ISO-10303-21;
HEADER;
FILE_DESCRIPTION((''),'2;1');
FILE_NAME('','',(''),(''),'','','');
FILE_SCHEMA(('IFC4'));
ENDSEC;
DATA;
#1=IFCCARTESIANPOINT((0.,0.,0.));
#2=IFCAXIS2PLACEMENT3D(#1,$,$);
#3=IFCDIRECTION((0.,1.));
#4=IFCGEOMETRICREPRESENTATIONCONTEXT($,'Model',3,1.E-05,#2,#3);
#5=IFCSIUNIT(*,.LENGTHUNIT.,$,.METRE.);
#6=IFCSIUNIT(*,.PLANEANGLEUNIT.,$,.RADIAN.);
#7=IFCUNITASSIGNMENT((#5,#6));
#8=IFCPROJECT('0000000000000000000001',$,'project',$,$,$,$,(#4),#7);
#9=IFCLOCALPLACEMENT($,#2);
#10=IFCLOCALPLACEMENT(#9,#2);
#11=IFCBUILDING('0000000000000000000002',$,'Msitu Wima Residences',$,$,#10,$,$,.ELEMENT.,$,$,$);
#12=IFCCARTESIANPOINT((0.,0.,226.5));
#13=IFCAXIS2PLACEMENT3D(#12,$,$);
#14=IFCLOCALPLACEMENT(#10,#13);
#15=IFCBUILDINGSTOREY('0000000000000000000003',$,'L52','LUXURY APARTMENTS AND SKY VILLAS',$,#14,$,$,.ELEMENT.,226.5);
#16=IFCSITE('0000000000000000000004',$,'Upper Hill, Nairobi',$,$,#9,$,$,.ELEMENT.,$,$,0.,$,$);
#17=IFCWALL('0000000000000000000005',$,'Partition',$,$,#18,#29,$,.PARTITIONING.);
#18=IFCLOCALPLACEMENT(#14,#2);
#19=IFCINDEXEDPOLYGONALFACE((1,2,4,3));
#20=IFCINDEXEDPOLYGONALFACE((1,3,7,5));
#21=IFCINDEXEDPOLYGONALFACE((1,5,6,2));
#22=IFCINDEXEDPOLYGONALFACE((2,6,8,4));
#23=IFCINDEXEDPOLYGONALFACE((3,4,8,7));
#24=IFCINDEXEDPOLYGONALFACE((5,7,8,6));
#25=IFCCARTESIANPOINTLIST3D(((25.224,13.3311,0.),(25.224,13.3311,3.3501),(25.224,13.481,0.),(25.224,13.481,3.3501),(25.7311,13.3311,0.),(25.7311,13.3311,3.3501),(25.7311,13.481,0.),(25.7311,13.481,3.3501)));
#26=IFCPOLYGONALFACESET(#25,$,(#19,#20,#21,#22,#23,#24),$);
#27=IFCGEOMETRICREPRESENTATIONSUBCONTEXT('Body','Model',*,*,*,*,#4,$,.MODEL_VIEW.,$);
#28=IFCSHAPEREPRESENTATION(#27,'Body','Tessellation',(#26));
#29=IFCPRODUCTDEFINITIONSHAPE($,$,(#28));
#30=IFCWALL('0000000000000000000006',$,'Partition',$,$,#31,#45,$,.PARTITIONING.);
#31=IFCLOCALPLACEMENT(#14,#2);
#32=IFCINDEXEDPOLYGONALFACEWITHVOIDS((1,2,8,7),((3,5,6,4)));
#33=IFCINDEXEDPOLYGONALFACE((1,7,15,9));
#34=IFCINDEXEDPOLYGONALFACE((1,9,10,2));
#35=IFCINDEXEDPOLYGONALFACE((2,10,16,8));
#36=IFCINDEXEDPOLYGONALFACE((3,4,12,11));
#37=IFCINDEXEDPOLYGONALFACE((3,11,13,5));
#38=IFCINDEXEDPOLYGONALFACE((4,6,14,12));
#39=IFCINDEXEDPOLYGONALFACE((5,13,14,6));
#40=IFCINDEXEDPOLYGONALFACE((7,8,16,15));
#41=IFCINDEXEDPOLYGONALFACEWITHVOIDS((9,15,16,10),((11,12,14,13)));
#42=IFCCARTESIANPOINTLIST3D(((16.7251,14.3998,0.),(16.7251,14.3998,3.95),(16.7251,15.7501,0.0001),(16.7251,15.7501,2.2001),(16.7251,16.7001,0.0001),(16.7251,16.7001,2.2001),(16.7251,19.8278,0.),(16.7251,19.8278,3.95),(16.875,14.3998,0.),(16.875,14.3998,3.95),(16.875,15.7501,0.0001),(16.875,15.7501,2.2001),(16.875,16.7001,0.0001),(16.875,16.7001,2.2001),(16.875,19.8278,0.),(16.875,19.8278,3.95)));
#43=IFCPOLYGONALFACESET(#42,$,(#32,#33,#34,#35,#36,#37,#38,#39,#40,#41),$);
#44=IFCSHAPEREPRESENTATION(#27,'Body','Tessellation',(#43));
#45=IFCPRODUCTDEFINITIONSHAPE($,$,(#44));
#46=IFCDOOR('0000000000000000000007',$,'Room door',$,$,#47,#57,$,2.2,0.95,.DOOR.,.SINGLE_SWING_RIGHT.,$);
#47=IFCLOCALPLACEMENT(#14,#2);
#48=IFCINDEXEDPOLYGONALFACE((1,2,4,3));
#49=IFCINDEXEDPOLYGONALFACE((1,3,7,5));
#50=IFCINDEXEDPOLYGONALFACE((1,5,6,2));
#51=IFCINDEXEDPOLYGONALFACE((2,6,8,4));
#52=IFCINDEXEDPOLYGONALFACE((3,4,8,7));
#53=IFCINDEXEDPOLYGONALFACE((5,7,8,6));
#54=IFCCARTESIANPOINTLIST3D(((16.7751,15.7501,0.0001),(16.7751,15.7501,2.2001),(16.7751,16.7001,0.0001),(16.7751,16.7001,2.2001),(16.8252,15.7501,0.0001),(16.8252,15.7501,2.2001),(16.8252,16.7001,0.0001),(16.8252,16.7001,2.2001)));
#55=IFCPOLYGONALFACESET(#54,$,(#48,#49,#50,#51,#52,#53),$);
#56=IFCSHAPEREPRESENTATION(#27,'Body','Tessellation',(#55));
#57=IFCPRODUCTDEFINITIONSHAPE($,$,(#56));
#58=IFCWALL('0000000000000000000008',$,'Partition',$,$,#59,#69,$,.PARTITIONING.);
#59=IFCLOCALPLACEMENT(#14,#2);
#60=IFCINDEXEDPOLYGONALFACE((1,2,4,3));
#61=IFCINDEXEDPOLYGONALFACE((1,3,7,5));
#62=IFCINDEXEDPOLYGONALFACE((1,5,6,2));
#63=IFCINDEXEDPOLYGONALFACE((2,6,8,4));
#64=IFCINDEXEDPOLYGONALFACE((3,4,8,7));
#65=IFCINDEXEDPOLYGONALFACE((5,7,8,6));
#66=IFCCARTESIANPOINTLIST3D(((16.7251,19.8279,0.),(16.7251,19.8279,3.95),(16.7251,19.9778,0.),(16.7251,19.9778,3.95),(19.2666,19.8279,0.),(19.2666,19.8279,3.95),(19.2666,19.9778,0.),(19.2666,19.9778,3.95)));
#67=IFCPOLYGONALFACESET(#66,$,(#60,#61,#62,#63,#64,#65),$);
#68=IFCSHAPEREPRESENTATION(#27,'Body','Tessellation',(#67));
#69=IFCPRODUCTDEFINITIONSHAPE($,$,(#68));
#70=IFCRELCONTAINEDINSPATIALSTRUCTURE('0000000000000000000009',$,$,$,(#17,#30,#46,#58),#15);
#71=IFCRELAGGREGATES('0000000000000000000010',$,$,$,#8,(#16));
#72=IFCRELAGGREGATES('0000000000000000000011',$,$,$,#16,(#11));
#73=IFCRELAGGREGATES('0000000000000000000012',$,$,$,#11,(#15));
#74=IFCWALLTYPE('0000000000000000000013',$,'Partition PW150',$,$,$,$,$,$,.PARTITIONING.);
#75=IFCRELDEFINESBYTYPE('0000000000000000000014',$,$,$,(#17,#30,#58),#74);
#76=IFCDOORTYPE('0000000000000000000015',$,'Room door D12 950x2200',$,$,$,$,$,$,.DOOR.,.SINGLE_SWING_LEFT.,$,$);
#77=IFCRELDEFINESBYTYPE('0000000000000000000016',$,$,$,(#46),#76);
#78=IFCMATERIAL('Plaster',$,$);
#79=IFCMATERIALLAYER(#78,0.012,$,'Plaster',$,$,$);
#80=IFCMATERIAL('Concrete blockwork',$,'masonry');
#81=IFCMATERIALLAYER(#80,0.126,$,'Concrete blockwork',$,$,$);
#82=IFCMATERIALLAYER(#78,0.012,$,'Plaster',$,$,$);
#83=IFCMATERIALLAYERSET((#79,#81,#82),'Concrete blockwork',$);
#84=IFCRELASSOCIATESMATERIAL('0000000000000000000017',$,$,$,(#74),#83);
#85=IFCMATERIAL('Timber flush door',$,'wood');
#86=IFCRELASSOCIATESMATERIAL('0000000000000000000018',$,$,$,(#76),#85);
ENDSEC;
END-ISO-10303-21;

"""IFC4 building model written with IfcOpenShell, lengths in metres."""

from ifc_helpers import new_model, si_unit, direction, frame, frame_2d, origin, place, context, subcontext, project, spatial, rectangle, extrude, material, layer, layer_set, type_object, element, fill, save


model = new_model("IFC4")

# Units and contexts
model_context = context("Model", 3, precision=1e-05, world=origin(), true_north=direction((0.0, 1.0)))
body_context = subcontext(model_context, "Body", "Model", "MODEL_VIEW")
ifc_project = project(units=[si_unit("LENGTHUNIT", "METRE"), si_unit("PLANEANGLEUNIT", "RADIAN")], contexts=[model_context])

# Site, building, storey
site_placement = place(None, origin())
site = spatial("IfcSite", under=ifc_project, at=site_placement, Name="Upper Hill, Nairobi", CompositionType="ELEMENT", RefElevation=0.0)
building_placement = place(site_placement, origin())
building = spatial("IfcBuilding", under=site, at=building_placement, Name="Msitu Wima Residences", CompositionType="ELEMENT")
storey_placement = place(building_placement, frame((0.0, 0.0, 226.5)))
storey = spatial("IfcBuildingStorey", under=building, at=storey_placement, Name="L52", Description="LUXURY APARTMENTS AND SKY VILLAS", CompositionType="ELEMENT", Elevation=226.5)

# Shared definitions
ifc_material_1 = material(Name="Plaster")
ifc_material_2 = material(Name="Concrete blockwork", Category="masonry")

# Shared definitions
ifc_layer_1 = layer(ifc_material_1, 0.012, Name="Plaster")
ifc_layer_2 = layer(ifc_material_2, 0.126, Name="Concrete blockwork")
ifc_layer_3 = layer(ifc_material_1, 0.012, Name="Plaster")
ifc_layer_set_1 = layer_set([ifc_layer_1, ifc_layer_2, ifc_layer_3], Name="Concrete blockwork")
wall_type_1 = type_object("IfcWallType", Name="Partition PW150", PredefinedType="PARTITIONING", material=ifc_layer_set_1)
ifc_material_3 = material(Name="Timber flush door", Category="wood")
door_type_1 = type_object("IfcDoorType", Name="Room door D12 950x2200", OperationType="SINGLE_SWING_LEFT", PredefinedType="DOOR", material=ifc_material_3)

# Wall
wall_1_placement = place(storey_placement, frame((25.2241, 13.406, 0.0), z_axis=(0.0, 0.0, 1.0), x_axis=(1.0, 0.0, 0.0)))
element("IfcWall", 1, at=wall_1_placement, inside=storey, type_object=wall_type_1, Name="Partition", PredefinedType="PARTITIONING", context=body_context, shape_type="SweptSolid", body=[
    extrude(rectangle(XDim=0.5071, YDim=0.1499, at=frame_2d((0.2534, 0.0))), origin(), (0.0, 0.0, 1.0), 3.3501),
])

# Wall, opening, door
wall_2_placement = place(storey_placement, frame((16.8, 14.3999, 0.0), z_axis=(0.0, 0.0, 1.0), x_axis=(0.0, 1.0, 0.0)))
wall_2 = element("IfcWall", 2, at=wall_2_placement, inside=storey, type_object=wall_type_1, Name="Partition", PredefinedType="PARTITIONING", context=body_context, shape_type="SweptSolid", body=[
    extrude(rectangle(XDim=5.428, YDim=0.1499, at=frame_2d((2.7139, 0.0))), origin(), (0.0, 0.0, 1.0), 3.95),
])
opening_1_placement = place(wall_2_placement, frame((1.3501, 0.0, 0.0)))
opening_1 = element("IfcOpeningElement", 3, at=opening_1_placement, cuts=wall_2, PredefinedType="OPENING", context=body_context, shape_type="SweptSolid", body=[
    extrude(rectangle(XDim=0.95, YDim=2.2, at=frame_2d((0.4751, 1.1001))), frame((0.0, 0.085, 0.0), z_axis=(0.0, -1.0, 0.0), x_axis=(1.0, 0.0, 0.0)), (0.0, 0.0, 1.0), 0.1699),
])
door_1_placement = place(opening_1_placement, origin())
door_1 = element("IfcDoor", 4, at=door_1_placement, inside=storey, type_object=door_type_1, Name="Room door", OperationType="SINGLE_SWING_RIGHT", OverallHeight=2.2, OverallWidth=0.95, PredefinedType="DOOR", context=body_context, shape_type="SweptSolid", body=[
    extrude(rectangle(XDim=0.95, YDim=2.2, at=frame_2d((0.4751, 1.1001))), frame((0.0, 0.0249, 0.0), z_axis=(0.0, -1.0, 0.0), x_axis=(1.0, 0.0, 0.0)), (0.0, 0.0, 1.0), 0.05),
])
fill(opening_1, door_1)

# Wall
wall_3_placement = place(storey_placement, frame((16.7251, 19.9028, 0.0), z_axis=(0.0, 0.0, 1.0), x_axis=(1.0, 0.0, 0.0)))
element("IfcWall", 5, at=wall_3_placement, inside=storey, type_object=wall_type_1, Name="Partition", PredefinedType="PARTITIONING", context=body_context, shape_type="SweptSolid", body=[
    extrude(rectangle(XDim=2.5415, YDim=0.1499, at=frame_2d((1.2708, 0.0))), origin(), (0.0, 0.0, 1.0), 3.95),
])

save(model, "model.ifc")
